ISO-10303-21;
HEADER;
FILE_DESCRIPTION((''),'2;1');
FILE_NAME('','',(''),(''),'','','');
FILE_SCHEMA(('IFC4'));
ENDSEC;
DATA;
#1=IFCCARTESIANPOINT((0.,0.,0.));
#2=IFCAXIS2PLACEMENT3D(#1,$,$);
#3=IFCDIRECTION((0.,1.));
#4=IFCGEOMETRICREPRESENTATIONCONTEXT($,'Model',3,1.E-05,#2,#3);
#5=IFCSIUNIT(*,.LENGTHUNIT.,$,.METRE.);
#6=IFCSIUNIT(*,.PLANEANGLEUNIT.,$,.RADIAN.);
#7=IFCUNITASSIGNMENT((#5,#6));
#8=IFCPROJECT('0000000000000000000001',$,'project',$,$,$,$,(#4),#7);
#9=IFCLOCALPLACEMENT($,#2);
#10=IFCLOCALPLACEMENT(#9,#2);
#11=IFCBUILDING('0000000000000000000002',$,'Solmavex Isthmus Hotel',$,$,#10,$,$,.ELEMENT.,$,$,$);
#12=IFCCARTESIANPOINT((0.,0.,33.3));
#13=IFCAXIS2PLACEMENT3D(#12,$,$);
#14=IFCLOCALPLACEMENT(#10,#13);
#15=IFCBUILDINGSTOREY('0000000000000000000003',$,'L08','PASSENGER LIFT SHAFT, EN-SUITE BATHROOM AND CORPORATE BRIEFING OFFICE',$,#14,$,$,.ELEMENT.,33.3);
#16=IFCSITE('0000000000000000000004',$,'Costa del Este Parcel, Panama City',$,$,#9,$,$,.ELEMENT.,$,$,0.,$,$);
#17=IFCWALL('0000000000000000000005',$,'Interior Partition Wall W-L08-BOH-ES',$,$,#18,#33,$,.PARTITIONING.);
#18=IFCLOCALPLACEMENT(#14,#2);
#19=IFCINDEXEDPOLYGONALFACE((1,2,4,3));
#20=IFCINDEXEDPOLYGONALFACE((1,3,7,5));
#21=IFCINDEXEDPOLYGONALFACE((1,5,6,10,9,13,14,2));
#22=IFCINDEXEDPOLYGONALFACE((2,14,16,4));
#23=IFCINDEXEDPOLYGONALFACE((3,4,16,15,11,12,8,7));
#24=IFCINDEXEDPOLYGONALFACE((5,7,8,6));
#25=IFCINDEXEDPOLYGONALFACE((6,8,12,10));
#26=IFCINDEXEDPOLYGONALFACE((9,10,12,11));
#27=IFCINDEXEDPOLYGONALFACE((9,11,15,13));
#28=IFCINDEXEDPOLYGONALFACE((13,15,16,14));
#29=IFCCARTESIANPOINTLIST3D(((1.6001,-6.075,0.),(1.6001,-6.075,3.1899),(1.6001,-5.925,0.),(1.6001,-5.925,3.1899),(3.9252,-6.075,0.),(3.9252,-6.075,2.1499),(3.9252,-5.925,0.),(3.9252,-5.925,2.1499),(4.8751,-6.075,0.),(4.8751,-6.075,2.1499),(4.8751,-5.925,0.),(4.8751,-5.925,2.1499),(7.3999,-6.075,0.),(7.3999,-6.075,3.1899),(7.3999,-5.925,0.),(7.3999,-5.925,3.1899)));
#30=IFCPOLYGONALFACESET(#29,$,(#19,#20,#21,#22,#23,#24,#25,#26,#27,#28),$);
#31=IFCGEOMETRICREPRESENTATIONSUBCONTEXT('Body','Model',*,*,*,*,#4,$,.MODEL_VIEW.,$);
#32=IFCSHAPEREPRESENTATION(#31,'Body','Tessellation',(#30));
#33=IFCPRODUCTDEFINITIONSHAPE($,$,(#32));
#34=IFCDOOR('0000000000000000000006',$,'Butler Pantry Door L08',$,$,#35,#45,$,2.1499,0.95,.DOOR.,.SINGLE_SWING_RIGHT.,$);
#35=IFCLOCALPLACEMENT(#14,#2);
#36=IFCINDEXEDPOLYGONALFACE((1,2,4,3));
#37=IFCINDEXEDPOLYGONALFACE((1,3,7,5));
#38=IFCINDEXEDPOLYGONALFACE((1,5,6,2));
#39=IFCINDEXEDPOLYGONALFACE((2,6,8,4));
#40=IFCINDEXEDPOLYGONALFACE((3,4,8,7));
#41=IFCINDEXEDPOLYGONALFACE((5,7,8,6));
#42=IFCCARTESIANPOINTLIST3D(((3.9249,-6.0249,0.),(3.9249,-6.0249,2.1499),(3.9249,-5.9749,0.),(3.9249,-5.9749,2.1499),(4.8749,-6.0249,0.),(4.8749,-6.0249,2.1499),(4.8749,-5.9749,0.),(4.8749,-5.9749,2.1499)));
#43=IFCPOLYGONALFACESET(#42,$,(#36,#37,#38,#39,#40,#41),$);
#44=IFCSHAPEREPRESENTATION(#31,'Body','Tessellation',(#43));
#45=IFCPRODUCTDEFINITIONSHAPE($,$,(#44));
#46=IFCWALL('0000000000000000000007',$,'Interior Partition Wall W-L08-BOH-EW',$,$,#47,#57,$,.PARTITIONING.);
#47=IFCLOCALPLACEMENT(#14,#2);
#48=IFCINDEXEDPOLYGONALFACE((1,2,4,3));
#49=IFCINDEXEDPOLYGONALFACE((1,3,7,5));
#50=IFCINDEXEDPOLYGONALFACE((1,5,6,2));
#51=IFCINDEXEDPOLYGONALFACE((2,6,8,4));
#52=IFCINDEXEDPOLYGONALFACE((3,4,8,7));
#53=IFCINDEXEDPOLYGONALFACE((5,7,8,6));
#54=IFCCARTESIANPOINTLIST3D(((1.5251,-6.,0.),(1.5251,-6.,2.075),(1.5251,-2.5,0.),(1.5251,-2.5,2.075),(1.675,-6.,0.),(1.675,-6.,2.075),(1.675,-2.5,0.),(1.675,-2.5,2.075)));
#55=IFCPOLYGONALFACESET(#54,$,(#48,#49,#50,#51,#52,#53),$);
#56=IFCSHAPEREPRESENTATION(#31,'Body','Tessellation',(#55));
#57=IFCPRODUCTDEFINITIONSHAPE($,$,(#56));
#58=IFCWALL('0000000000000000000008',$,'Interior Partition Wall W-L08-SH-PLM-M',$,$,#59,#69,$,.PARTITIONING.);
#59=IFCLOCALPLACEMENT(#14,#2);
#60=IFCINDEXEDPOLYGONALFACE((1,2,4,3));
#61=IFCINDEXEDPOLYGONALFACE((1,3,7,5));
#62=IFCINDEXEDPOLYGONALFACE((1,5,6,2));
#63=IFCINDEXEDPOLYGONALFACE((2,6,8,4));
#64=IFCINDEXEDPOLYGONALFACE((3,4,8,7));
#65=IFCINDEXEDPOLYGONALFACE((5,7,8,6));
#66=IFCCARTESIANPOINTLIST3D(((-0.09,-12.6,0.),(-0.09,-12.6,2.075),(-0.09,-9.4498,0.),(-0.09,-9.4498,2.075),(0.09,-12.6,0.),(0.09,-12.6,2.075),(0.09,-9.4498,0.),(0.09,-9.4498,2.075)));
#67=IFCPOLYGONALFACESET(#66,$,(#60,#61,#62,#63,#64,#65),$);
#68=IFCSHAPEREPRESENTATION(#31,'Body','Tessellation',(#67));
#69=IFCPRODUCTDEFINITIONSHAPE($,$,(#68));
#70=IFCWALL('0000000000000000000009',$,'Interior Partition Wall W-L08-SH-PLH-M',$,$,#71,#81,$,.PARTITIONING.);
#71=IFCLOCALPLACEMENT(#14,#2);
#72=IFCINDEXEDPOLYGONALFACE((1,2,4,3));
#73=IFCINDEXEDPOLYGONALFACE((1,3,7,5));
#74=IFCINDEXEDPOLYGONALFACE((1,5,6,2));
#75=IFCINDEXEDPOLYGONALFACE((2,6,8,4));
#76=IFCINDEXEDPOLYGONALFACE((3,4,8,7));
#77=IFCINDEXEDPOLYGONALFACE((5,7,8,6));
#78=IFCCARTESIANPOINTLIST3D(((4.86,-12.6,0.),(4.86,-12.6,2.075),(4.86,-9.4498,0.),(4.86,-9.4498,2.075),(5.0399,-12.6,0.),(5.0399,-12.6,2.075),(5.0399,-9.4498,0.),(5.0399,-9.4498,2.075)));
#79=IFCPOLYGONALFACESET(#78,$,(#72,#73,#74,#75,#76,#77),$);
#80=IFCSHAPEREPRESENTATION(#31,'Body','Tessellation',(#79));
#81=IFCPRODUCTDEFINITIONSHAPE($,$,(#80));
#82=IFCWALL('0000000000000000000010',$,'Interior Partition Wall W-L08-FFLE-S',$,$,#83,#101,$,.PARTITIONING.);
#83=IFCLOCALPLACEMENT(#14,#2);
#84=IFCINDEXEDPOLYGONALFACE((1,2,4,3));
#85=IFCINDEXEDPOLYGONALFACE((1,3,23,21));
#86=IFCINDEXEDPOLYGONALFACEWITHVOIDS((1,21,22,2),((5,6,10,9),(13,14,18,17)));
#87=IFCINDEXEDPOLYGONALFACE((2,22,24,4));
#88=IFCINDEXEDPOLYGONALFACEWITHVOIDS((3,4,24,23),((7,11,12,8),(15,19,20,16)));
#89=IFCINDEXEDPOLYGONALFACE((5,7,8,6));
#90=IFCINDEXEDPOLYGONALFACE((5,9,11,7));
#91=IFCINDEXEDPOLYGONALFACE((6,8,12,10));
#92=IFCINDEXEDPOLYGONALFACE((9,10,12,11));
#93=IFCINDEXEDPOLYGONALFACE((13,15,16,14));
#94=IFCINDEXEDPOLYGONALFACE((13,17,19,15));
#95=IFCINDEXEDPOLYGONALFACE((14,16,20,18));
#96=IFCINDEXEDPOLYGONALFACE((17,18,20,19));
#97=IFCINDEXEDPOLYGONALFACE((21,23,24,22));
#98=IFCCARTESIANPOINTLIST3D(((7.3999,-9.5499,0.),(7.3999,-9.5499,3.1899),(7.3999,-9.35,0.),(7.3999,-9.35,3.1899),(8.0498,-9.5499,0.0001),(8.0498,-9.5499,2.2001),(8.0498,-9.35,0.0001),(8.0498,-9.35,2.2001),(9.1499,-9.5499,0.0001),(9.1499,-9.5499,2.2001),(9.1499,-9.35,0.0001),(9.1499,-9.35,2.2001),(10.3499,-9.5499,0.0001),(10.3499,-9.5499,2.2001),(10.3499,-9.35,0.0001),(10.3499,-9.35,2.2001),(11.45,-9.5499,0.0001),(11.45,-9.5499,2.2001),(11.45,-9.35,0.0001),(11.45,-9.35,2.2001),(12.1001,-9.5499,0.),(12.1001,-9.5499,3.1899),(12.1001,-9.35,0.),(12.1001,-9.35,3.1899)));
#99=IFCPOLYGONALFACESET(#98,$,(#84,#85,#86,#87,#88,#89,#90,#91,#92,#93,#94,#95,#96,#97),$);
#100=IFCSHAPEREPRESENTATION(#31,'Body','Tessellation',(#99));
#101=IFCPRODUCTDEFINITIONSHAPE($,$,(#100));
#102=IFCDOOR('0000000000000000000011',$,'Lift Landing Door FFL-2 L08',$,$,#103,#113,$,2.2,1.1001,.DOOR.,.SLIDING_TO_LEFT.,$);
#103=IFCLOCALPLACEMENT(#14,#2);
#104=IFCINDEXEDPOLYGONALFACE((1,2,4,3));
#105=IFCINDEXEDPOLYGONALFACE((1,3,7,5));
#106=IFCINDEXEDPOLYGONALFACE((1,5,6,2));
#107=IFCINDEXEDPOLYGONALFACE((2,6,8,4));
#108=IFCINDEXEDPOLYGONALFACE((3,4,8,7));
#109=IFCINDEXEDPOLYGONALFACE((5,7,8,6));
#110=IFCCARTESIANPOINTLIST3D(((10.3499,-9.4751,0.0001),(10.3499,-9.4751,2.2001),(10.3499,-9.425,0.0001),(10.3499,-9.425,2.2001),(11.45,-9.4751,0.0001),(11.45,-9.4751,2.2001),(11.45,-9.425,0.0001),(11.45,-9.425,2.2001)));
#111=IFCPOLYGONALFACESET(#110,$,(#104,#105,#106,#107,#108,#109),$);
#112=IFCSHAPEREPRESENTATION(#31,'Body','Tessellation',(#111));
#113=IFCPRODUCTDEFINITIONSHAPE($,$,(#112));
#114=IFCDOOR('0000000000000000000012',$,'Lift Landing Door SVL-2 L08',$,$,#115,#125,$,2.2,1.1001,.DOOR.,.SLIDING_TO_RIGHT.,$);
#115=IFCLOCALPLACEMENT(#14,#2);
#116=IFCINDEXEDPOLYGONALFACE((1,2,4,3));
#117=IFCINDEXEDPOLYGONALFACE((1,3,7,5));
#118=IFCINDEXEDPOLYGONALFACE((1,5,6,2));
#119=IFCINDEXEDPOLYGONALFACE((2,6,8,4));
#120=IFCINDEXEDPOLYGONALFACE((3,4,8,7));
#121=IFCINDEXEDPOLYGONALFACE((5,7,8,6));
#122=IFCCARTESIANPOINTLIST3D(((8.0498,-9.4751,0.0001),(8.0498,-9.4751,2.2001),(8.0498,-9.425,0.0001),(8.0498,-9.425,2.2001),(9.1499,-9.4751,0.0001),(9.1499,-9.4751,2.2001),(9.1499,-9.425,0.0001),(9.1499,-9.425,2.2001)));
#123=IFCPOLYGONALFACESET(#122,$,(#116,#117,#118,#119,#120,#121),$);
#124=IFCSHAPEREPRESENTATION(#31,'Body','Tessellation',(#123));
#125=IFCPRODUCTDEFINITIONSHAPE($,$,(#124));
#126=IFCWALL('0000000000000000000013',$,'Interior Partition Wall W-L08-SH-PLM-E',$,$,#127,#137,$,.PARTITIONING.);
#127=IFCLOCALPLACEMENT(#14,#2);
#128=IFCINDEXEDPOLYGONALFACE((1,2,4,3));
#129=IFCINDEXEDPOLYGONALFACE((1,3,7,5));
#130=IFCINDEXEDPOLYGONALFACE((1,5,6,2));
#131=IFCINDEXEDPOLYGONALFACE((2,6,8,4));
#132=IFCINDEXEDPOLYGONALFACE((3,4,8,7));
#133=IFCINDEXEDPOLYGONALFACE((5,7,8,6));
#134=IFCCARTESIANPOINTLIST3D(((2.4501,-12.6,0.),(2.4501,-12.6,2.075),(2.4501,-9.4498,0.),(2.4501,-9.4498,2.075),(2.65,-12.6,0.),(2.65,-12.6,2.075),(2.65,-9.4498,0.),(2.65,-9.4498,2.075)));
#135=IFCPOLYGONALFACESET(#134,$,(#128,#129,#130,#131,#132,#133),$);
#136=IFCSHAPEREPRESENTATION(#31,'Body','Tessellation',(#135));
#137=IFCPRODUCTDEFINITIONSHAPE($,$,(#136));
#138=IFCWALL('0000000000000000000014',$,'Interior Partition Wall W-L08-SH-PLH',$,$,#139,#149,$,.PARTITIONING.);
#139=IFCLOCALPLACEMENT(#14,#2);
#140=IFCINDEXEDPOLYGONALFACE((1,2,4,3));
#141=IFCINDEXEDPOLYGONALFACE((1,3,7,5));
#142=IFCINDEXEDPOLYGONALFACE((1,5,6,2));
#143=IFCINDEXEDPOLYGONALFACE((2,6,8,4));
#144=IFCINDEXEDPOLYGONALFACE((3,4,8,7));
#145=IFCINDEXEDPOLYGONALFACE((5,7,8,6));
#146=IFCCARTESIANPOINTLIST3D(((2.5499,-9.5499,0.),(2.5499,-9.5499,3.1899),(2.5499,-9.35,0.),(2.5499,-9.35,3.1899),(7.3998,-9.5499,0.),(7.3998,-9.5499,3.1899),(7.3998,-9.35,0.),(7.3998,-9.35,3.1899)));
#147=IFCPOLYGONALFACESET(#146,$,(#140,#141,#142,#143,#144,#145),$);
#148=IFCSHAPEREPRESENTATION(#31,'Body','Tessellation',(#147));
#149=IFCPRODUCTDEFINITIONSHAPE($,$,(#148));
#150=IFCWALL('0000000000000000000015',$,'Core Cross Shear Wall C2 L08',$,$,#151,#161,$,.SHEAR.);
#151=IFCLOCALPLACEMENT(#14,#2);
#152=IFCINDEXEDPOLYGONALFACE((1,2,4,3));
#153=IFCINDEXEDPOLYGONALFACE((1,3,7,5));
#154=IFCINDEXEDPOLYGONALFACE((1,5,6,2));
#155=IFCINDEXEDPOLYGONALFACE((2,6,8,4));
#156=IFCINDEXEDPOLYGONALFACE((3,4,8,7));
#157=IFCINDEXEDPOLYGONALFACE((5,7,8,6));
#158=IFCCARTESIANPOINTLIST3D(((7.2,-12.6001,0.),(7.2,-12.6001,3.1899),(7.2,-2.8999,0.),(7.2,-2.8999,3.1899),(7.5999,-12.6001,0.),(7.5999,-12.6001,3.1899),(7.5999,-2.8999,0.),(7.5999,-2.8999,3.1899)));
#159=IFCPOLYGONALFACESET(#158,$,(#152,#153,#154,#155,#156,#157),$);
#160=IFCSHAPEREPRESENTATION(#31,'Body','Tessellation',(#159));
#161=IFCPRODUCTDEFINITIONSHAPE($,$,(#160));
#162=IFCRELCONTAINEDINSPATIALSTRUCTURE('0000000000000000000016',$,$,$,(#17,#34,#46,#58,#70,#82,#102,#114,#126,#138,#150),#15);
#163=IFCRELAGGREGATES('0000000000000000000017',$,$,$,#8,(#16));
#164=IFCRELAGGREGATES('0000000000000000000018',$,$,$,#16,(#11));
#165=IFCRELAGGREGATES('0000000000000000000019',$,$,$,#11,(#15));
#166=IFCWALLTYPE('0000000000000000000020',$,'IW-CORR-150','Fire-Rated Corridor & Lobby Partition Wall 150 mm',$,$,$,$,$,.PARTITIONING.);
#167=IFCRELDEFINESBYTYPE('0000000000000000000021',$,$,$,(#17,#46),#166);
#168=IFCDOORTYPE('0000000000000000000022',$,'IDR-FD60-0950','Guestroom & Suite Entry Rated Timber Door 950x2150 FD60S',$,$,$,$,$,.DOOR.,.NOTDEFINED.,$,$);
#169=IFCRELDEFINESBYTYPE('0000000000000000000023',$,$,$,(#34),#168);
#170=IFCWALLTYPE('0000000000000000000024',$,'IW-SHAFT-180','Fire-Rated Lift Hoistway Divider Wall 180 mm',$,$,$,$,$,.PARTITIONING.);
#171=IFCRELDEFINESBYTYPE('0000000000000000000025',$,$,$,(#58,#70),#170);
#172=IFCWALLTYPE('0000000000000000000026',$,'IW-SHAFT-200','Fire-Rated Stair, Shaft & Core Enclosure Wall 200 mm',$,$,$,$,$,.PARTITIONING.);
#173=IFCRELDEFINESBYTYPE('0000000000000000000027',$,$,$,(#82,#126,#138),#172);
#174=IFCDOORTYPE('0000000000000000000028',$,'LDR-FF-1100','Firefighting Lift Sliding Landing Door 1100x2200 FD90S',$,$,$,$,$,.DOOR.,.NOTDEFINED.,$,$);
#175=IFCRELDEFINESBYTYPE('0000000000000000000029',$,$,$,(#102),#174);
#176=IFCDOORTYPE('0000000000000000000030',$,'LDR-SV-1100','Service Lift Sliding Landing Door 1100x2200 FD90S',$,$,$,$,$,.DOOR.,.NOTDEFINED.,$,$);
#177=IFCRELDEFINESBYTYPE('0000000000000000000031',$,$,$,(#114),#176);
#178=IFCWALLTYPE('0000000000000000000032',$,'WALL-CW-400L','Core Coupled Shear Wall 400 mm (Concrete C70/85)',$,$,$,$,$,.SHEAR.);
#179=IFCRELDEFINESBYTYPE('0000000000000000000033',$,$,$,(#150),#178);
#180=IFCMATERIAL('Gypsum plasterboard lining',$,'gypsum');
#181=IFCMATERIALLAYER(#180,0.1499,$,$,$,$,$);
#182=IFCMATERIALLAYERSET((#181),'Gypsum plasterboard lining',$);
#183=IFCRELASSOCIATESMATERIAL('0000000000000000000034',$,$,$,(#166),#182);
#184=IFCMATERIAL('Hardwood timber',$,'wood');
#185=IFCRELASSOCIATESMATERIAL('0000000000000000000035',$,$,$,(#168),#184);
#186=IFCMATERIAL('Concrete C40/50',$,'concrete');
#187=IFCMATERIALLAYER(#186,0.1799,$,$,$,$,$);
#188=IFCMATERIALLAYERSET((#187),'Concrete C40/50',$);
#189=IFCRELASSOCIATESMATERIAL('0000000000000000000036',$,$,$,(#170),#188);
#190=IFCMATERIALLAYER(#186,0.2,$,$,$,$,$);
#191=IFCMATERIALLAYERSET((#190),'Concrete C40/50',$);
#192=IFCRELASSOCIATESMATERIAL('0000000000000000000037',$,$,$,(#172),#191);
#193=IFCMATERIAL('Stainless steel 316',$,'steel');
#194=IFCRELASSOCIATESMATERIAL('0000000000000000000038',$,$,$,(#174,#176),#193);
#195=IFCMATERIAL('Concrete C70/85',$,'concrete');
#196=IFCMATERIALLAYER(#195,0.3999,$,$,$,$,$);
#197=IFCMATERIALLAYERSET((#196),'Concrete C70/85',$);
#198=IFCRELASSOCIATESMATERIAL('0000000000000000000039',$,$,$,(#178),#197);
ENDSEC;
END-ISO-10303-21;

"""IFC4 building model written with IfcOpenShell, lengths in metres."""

from ifc_helpers import new_model, si_unit, direction, frame, frame_2d, origin, place, context, subcontext, project, spatial, rectangle, extrude, material, layer, layer_set, type_object, element, fill, save


model = new_model("IFC4")

# Units and contexts
model_context = context("Model", 3, precision=1e-05, world=origin(), true_north=direction((0.0, 1.0)))
body_context = subcontext(model_context, "Body", "Model", "MODEL_VIEW")
ifc_project = project(units=[si_unit("LENGTHUNIT", "METRE"), si_unit("PLANEANGLEUNIT", "RADIAN")], contexts=[model_context])

# Site, building, storey
site_placement = place(None, origin())
site = spatial("IfcSite", under=ifc_project, at=site_placement, Name="Costa del Este Parcel, Panama City", CompositionType="ELEMENT", RefElevation=0.0)
building_placement = place(site_placement, origin())
building = spatial("IfcBuilding", under=site, at=building_placement, Name="Solmavex Isthmus Hotel", CompositionType="ELEMENT")
storey_placement = place(building_placement, frame((0.0, 0.0, 33.3)))
storey = spatial("IfcBuildingStorey", under=building, at=storey_placement, Name="L08", Description="PASSENGER LIFT SHAFT, EN-SUITE BATHROOM AND CORPORATE BRIEFING OFFICE", CompositionType="ELEMENT", Elevation=33.3)

# Shared definitions
ifc_material_1 = material(Name="Concrete C70/85", Category="concrete")

# Shared definitions
ifc_material_2 = material(Name="Concrete C40/50", Category="concrete")

# Shared definitions
ifc_material_3 = material(Name="Gypsum plasterboard lining", Category="gypsum")

# Wall, opening, door
ifc_layer_1 = layer(ifc_material_3, 0.1499)
ifc_layer_set_1 = layer_set([ifc_layer_1], Name="Gypsum plasterboard lining")
wall_type_1 = type_object("IfcWallType", Name="IW-CORR-150", Description="Fire-Rated Corridor & Lobby Partition Wall 150 mm", PredefinedType="PARTITIONING", material=ifc_layer_set_1)
wall_1_placement = place(storey_placement, frame((1.6001, -6.0, 0.0), z_axis=(0.0, 0.0, 1.0), x_axis=(1.0, 0.0, 0.0)))
wall_1 = element("IfcWall", 1, at=wall_1_placement, inside=storey, type_object=wall_type_1, Name="Interior Partition Wall W-L08-BOH-ES", PredefinedType="PARTITIONING", context=body_context, shape_type="SweptSolid", body=[
    extrude(rectangle(XDim=5.7998, YDim=0.1499, at=frame_2d((2.8999, 0.0))), origin(), (0.0, 0.0, 1.0), 3.1899),
])
opening_1_placement = place(wall_1_placement, frame((2.325, 0.0, 0.0)))
opening_1 = element("IfcOpeningElement", 2, at=opening_1_placement, cuts=wall_1, PredefinedType="OPENING", context=body_context, shape_type="SweptSolid", body=[
    extrude(rectangle(XDim=0.95, YDim=2.1499, at=frame_2d((0.4751, 1.075))), frame((0.0, 0.085, 0.0), z_axis=(0.0, -1.0, 0.0), x_axis=(1.0, 0.0, 0.0)), (0.0, 0.0, 1.0), 0.1699),
])
ifc_material_4 = material(Name="Hardwood timber", Category="wood")
door_type_1 = type_object("IfcDoorType", Name="IDR-FD60-0950", Description="Guestroom & Suite Entry Rated Timber Door 950x2150 FD60S", OperationType="NOTDEFINED", PredefinedType="DOOR", material=ifc_material_4)
door_1_placement = place(opening_1_placement, frame((0.95, 0.0, 0.0), z_axis=(0.0, 0.0, 1.0), x_axis=(-1.0, 0.0, 0.0)))
door_1 = element("IfcDoor", 3, at=door_1_placement, inside=storey, type_object=door_type_1, Name="Butler Pantry Door L08", OperationType="SINGLE_SWING_RIGHT", OverallHeight=2.1499, OverallWidth=0.95, PredefinedType="DOOR", context=body_context, shape_type="SweptSolid", body=[
    extrude(rectangle(XDim=0.95, YDim=2.1499, at=frame_2d((0.4751, 1.075))), frame((0.0, 0.0249, 0.0), z_axis=(0.0, -1.0, 0.0), x_axis=(1.0, 0.0, 0.0)), (0.0, 0.0, 1.0), 0.05),
])
fill(opening_1, door_1)

# Walls
wall_2_placement = place(storey_placement, frame((1.6001, -6.0, 0.0), z_axis=(0.0, 0.0, 1.0), x_axis=(0.0, 1.0, 0.0)))
element("IfcWall", 4, at=wall_2_placement, inside=storey, type_object=wall_type_1, Name="Interior Partition Wall W-L08-BOH-EW", PredefinedType="PARTITIONING", context=body_context, shape_type="SweptSolid", body=[
    extrude(rectangle(XDim=3.5, YDim=0.1499, at=frame_2d((1.75, 0.0))), origin(), (0.0, 0.0, 1.0), 2.075),
])
ifc_layer_2 = layer(ifc_material_2, 0.1799)
ifc_layer_set_2 = layer_set([ifc_layer_2], Name="Concrete C40/50")
wall_type_2 = type_object("IfcWallType", Name="IW-SHAFT-180", Description="Fire-Rated Lift Hoistway Divider Wall 180 mm", PredefinedType="PARTITIONING", material=ifc_layer_set_2)
for number, where, z_axis, x_axis, name in (
    (5, (0.0, -12.6001, 0.0), (0.0, 0.0, 1.0), (0.0, 1.0, 0.0), "Interior Partition Wall W-L08-SH-PLM-M"),
    (6, (4.95, -12.6001, 0.0), (0.0, 0.0, 1.0), (0.0, 1.0, 0.0), "Interior Partition Wall W-L08-SH-PLH-M"),
):
    element("IfcWall", number, at=place(storey_placement, frame(where, z_axis=z_axis, x_axis=x_axis)), inside=storey, type_object=wall_type_2, Name=name, PredefinedType="PARTITIONING", context=body_context, shape_type="SweptSolid", body=[
        extrude(rectangle(XDim=3.1501, YDim=0.1799, at=frame_2d((1.5752, 0.0))), origin(), (0.0, 0.0, 1.0), 2.075),
    ])

# Wall, openings, doors
ifc_layer_3 = layer(ifc_material_2, 0.2)
ifc_layer_set_3 = layer_set([ifc_layer_3], Name="Concrete C40/50")
wall_type_3 = type_object("IfcWallType", Name="IW-SHAFT-200", Description="Fire-Rated Stair, Shaft & Core Enclosure Wall 200 mm", PredefinedType="PARTITIONING", material=ifc_layer_set_3)
wall_3_placement = place(storey_placement, frame((7.3999, -9.45, 0.0), z_axis=(0.0, 0.0, 1.0), x_axis=(1.0, 0.0, 0.0)))
wall_3 = element("IfcWall", 7, at=wall_3_placement, inside=storey, type_object=wall_type_3, Name="Interior Partition Wall W-L08-FFLE-S", PredefinedType="PARTITIONING", context=body_context, shape_type="SweptSolid", body=[
    extrude(rectangle(XDim=4.7002, YDim=0.2, at=frame_2d((2.3501, 0.0))), origin(), (0.0, 0.0, 1.0), 3.1899),
])
opening_2_placement = place(wall_3_placement, frame((2.95, 0.0, 0.0)))
opening_2 = element("IfcOpeningElement", 8, at=opening_2_placement, cuts=wall_3, PredefinedType="OPENING", context=body_context, shape_type="SweptSolid", body=[
    extrude(rectangle(XDim=1.1001, YDim=2.2, at=frame_2d((0.55, 1.1001))), frame((0.0, 0.1099, 0.0), z_axis=(0.0, -1.0, 0.0), x_axis=(1.0, 0.0, 0.0)), (0.0, 0.0, 1.0), 0.22),
])
opening_3_placement = place(wall_3_placement, frame((0.6499, 0.0, 0.0)))
opening_3 = element("IfcOpeningElement", 9, at=opening_3_placement, cuts=wall_3, PredefinedType="OPENING", context=body_context, shape_type="SweptSolid", body=[
    extrude(rectangle(XDim=1.1001, YDim=2.2, at=frame_2d((0.55, 1.1001))), frame((0.0, 0.1099, 0.0), z_axis=(0.0, -1.0, 0.0), x_axis=(1.0, 0.0, 0.0)), (0.0, 0.0, 1.0), 0.22),
])
ifc_material_5 = material(Name="Stainless steel 316", Category="steel")
door_type_2 = type_object("IfcDoorType", Name="LDR-FF-1100", Description="Firefighting Lift Sliding Landing Door 1100x2200 FD90S", OperationType="NOTDEFINED", PredefinedType="DOOR", material=ifc_material_5)
door_2_placement = place(opening_2_placement, origin())
door_2 = element("IfcDoor", 10, at=door_2_placement, inside=storey, type_object=door_type_2, Name="Lift Landing Door FFL-2 L08", OperationType="SLIDING_TO_LEFT", OverallHeight=2.2, OverallWidth=1.1001, PredefinedType="DOOR", context=body_context, shape_type="SweptSolid", body=[
    extrude(rectangle(XDim=1.1001, YDim=2.2, at=frame_2d((0.55, 1.1001))), frame((0.0, 0.0249, 0.0), z_axis=(0.0, -1.0, 0.0), x_axis=(1.0, 0.0, 0.0)), (0.0, 0.0, 1.0), 0.05),
])
fill(opening_2, door_2)
door_type_3 = type_object("IfcDoorType", Name="LDR-SV-1100", Description="Service Lift Sliding Landing Door 1100x2200 FD90S", OperationType="NOTDEFINED", PredefinedType="DOOR", material=ifc_material_5)
door_3_placement = place(opening_3_placement, origin())
door_3 = element("IfcDoor", 11, at=door_3_placement, inside=storey, type_object=door_type_3, Name="Lift Landing Door SVL-2 L08", OperationType="SLIDING_TO_RIGHT", OverallHeight=2.2, OverallWidth=1.1001, PredefinedType="DOOR", context=body_context, shape_type="SweptSolid", body=[
    extrude(rectangle(XDim=1.1001, YDim=2.2, at=frame_2d((0.55, 1.1001))), frame((0.0, 0.0249, 0.0), z_axis=(0.0, -1.0, 0.0), x_axis=(1.0, 0.0, 0.0)), (0.0, 0.0, 1.0), 0.05),
])
fill(opening_3, door_3)

# Walls
wall_4_placement = place(storey_placement, frame((2.55, -12.6001, 0.0), z_axis=(0.0, 0.0, 1.0), x_axis=(0.0, 1.0, 0.0)))
element("IfcWall", 12, at=wall_4_placement, inside=storey, type_object=wall_type_3, Name="Interior Partition Wall W-L08-SH-PLM-E", PredefinedType="PARTITIONING", context=body_context, shape_type="SweptSolid", body=[
    extrude(rectangle(XDim=3.1501, YDim=0.2, at=frame_2d((1.5752, 0.0))), origin(), (0.0, 0.0, 1.0), 2.075),
])
wall_5_placement = place(storey_placement, frame((2.55, -9.45, 0.0), z_axis=(0.0, 0.0, 1.0), x_axis=(1.0, 0.0, 0.0)))
element("IfcWall", 13, at=wall_5_placement, inside=storey, type_object=wall_type_3, Name="Interior Partition Wall W-L08-SH-PLH", PredefinedType="PARTITIONING", context=body_context, shape_type="SweptSolid", body=[
    extrude(rectangle(XDim=4.8499, YDim=0.2, at=frame_2d((2.4248, 0.0))), origin(), (0.0, 0.0, 1.0), 3.1899),
])
ifc_layer_4 = layer(ifc_material_1, 0.3999)
ifc_layer_set_4 = layer_set([ifc_layer_4], Name="Concrete C70/85")
wall_type_4 = type_object("IfcWallType", Name="WALL-CW-400L", Description="Core Coupled Shear Wall 400 mm (Concrete C70/85)", PredefinedType="SHEAR", material=ifc_layer_set_4)
wall_6_placement = place(storey_placement, frame((7.3999, -12.6001, 0.0), z_axis=(0.0, 0.0, 1.0), x_axis=(0.0, 1.0, 0.0)))
element("IfcWall", 14, at=wall_6_placement, inside=storey, type_object=wall_type_4, Name="Core Cross Shear Wall C2 L08", PredefinedType="SHEAR", context=body_context, shape_type="SweptSolid", body=[
    extrude(rectangle(XDim=9.7002, YDim=0.3999, at=frame_2d((4.8501, 0.0))), origin(), (0.0, 0.0, 1.0), 3.1899),
])

save(model, "model.ifc")
